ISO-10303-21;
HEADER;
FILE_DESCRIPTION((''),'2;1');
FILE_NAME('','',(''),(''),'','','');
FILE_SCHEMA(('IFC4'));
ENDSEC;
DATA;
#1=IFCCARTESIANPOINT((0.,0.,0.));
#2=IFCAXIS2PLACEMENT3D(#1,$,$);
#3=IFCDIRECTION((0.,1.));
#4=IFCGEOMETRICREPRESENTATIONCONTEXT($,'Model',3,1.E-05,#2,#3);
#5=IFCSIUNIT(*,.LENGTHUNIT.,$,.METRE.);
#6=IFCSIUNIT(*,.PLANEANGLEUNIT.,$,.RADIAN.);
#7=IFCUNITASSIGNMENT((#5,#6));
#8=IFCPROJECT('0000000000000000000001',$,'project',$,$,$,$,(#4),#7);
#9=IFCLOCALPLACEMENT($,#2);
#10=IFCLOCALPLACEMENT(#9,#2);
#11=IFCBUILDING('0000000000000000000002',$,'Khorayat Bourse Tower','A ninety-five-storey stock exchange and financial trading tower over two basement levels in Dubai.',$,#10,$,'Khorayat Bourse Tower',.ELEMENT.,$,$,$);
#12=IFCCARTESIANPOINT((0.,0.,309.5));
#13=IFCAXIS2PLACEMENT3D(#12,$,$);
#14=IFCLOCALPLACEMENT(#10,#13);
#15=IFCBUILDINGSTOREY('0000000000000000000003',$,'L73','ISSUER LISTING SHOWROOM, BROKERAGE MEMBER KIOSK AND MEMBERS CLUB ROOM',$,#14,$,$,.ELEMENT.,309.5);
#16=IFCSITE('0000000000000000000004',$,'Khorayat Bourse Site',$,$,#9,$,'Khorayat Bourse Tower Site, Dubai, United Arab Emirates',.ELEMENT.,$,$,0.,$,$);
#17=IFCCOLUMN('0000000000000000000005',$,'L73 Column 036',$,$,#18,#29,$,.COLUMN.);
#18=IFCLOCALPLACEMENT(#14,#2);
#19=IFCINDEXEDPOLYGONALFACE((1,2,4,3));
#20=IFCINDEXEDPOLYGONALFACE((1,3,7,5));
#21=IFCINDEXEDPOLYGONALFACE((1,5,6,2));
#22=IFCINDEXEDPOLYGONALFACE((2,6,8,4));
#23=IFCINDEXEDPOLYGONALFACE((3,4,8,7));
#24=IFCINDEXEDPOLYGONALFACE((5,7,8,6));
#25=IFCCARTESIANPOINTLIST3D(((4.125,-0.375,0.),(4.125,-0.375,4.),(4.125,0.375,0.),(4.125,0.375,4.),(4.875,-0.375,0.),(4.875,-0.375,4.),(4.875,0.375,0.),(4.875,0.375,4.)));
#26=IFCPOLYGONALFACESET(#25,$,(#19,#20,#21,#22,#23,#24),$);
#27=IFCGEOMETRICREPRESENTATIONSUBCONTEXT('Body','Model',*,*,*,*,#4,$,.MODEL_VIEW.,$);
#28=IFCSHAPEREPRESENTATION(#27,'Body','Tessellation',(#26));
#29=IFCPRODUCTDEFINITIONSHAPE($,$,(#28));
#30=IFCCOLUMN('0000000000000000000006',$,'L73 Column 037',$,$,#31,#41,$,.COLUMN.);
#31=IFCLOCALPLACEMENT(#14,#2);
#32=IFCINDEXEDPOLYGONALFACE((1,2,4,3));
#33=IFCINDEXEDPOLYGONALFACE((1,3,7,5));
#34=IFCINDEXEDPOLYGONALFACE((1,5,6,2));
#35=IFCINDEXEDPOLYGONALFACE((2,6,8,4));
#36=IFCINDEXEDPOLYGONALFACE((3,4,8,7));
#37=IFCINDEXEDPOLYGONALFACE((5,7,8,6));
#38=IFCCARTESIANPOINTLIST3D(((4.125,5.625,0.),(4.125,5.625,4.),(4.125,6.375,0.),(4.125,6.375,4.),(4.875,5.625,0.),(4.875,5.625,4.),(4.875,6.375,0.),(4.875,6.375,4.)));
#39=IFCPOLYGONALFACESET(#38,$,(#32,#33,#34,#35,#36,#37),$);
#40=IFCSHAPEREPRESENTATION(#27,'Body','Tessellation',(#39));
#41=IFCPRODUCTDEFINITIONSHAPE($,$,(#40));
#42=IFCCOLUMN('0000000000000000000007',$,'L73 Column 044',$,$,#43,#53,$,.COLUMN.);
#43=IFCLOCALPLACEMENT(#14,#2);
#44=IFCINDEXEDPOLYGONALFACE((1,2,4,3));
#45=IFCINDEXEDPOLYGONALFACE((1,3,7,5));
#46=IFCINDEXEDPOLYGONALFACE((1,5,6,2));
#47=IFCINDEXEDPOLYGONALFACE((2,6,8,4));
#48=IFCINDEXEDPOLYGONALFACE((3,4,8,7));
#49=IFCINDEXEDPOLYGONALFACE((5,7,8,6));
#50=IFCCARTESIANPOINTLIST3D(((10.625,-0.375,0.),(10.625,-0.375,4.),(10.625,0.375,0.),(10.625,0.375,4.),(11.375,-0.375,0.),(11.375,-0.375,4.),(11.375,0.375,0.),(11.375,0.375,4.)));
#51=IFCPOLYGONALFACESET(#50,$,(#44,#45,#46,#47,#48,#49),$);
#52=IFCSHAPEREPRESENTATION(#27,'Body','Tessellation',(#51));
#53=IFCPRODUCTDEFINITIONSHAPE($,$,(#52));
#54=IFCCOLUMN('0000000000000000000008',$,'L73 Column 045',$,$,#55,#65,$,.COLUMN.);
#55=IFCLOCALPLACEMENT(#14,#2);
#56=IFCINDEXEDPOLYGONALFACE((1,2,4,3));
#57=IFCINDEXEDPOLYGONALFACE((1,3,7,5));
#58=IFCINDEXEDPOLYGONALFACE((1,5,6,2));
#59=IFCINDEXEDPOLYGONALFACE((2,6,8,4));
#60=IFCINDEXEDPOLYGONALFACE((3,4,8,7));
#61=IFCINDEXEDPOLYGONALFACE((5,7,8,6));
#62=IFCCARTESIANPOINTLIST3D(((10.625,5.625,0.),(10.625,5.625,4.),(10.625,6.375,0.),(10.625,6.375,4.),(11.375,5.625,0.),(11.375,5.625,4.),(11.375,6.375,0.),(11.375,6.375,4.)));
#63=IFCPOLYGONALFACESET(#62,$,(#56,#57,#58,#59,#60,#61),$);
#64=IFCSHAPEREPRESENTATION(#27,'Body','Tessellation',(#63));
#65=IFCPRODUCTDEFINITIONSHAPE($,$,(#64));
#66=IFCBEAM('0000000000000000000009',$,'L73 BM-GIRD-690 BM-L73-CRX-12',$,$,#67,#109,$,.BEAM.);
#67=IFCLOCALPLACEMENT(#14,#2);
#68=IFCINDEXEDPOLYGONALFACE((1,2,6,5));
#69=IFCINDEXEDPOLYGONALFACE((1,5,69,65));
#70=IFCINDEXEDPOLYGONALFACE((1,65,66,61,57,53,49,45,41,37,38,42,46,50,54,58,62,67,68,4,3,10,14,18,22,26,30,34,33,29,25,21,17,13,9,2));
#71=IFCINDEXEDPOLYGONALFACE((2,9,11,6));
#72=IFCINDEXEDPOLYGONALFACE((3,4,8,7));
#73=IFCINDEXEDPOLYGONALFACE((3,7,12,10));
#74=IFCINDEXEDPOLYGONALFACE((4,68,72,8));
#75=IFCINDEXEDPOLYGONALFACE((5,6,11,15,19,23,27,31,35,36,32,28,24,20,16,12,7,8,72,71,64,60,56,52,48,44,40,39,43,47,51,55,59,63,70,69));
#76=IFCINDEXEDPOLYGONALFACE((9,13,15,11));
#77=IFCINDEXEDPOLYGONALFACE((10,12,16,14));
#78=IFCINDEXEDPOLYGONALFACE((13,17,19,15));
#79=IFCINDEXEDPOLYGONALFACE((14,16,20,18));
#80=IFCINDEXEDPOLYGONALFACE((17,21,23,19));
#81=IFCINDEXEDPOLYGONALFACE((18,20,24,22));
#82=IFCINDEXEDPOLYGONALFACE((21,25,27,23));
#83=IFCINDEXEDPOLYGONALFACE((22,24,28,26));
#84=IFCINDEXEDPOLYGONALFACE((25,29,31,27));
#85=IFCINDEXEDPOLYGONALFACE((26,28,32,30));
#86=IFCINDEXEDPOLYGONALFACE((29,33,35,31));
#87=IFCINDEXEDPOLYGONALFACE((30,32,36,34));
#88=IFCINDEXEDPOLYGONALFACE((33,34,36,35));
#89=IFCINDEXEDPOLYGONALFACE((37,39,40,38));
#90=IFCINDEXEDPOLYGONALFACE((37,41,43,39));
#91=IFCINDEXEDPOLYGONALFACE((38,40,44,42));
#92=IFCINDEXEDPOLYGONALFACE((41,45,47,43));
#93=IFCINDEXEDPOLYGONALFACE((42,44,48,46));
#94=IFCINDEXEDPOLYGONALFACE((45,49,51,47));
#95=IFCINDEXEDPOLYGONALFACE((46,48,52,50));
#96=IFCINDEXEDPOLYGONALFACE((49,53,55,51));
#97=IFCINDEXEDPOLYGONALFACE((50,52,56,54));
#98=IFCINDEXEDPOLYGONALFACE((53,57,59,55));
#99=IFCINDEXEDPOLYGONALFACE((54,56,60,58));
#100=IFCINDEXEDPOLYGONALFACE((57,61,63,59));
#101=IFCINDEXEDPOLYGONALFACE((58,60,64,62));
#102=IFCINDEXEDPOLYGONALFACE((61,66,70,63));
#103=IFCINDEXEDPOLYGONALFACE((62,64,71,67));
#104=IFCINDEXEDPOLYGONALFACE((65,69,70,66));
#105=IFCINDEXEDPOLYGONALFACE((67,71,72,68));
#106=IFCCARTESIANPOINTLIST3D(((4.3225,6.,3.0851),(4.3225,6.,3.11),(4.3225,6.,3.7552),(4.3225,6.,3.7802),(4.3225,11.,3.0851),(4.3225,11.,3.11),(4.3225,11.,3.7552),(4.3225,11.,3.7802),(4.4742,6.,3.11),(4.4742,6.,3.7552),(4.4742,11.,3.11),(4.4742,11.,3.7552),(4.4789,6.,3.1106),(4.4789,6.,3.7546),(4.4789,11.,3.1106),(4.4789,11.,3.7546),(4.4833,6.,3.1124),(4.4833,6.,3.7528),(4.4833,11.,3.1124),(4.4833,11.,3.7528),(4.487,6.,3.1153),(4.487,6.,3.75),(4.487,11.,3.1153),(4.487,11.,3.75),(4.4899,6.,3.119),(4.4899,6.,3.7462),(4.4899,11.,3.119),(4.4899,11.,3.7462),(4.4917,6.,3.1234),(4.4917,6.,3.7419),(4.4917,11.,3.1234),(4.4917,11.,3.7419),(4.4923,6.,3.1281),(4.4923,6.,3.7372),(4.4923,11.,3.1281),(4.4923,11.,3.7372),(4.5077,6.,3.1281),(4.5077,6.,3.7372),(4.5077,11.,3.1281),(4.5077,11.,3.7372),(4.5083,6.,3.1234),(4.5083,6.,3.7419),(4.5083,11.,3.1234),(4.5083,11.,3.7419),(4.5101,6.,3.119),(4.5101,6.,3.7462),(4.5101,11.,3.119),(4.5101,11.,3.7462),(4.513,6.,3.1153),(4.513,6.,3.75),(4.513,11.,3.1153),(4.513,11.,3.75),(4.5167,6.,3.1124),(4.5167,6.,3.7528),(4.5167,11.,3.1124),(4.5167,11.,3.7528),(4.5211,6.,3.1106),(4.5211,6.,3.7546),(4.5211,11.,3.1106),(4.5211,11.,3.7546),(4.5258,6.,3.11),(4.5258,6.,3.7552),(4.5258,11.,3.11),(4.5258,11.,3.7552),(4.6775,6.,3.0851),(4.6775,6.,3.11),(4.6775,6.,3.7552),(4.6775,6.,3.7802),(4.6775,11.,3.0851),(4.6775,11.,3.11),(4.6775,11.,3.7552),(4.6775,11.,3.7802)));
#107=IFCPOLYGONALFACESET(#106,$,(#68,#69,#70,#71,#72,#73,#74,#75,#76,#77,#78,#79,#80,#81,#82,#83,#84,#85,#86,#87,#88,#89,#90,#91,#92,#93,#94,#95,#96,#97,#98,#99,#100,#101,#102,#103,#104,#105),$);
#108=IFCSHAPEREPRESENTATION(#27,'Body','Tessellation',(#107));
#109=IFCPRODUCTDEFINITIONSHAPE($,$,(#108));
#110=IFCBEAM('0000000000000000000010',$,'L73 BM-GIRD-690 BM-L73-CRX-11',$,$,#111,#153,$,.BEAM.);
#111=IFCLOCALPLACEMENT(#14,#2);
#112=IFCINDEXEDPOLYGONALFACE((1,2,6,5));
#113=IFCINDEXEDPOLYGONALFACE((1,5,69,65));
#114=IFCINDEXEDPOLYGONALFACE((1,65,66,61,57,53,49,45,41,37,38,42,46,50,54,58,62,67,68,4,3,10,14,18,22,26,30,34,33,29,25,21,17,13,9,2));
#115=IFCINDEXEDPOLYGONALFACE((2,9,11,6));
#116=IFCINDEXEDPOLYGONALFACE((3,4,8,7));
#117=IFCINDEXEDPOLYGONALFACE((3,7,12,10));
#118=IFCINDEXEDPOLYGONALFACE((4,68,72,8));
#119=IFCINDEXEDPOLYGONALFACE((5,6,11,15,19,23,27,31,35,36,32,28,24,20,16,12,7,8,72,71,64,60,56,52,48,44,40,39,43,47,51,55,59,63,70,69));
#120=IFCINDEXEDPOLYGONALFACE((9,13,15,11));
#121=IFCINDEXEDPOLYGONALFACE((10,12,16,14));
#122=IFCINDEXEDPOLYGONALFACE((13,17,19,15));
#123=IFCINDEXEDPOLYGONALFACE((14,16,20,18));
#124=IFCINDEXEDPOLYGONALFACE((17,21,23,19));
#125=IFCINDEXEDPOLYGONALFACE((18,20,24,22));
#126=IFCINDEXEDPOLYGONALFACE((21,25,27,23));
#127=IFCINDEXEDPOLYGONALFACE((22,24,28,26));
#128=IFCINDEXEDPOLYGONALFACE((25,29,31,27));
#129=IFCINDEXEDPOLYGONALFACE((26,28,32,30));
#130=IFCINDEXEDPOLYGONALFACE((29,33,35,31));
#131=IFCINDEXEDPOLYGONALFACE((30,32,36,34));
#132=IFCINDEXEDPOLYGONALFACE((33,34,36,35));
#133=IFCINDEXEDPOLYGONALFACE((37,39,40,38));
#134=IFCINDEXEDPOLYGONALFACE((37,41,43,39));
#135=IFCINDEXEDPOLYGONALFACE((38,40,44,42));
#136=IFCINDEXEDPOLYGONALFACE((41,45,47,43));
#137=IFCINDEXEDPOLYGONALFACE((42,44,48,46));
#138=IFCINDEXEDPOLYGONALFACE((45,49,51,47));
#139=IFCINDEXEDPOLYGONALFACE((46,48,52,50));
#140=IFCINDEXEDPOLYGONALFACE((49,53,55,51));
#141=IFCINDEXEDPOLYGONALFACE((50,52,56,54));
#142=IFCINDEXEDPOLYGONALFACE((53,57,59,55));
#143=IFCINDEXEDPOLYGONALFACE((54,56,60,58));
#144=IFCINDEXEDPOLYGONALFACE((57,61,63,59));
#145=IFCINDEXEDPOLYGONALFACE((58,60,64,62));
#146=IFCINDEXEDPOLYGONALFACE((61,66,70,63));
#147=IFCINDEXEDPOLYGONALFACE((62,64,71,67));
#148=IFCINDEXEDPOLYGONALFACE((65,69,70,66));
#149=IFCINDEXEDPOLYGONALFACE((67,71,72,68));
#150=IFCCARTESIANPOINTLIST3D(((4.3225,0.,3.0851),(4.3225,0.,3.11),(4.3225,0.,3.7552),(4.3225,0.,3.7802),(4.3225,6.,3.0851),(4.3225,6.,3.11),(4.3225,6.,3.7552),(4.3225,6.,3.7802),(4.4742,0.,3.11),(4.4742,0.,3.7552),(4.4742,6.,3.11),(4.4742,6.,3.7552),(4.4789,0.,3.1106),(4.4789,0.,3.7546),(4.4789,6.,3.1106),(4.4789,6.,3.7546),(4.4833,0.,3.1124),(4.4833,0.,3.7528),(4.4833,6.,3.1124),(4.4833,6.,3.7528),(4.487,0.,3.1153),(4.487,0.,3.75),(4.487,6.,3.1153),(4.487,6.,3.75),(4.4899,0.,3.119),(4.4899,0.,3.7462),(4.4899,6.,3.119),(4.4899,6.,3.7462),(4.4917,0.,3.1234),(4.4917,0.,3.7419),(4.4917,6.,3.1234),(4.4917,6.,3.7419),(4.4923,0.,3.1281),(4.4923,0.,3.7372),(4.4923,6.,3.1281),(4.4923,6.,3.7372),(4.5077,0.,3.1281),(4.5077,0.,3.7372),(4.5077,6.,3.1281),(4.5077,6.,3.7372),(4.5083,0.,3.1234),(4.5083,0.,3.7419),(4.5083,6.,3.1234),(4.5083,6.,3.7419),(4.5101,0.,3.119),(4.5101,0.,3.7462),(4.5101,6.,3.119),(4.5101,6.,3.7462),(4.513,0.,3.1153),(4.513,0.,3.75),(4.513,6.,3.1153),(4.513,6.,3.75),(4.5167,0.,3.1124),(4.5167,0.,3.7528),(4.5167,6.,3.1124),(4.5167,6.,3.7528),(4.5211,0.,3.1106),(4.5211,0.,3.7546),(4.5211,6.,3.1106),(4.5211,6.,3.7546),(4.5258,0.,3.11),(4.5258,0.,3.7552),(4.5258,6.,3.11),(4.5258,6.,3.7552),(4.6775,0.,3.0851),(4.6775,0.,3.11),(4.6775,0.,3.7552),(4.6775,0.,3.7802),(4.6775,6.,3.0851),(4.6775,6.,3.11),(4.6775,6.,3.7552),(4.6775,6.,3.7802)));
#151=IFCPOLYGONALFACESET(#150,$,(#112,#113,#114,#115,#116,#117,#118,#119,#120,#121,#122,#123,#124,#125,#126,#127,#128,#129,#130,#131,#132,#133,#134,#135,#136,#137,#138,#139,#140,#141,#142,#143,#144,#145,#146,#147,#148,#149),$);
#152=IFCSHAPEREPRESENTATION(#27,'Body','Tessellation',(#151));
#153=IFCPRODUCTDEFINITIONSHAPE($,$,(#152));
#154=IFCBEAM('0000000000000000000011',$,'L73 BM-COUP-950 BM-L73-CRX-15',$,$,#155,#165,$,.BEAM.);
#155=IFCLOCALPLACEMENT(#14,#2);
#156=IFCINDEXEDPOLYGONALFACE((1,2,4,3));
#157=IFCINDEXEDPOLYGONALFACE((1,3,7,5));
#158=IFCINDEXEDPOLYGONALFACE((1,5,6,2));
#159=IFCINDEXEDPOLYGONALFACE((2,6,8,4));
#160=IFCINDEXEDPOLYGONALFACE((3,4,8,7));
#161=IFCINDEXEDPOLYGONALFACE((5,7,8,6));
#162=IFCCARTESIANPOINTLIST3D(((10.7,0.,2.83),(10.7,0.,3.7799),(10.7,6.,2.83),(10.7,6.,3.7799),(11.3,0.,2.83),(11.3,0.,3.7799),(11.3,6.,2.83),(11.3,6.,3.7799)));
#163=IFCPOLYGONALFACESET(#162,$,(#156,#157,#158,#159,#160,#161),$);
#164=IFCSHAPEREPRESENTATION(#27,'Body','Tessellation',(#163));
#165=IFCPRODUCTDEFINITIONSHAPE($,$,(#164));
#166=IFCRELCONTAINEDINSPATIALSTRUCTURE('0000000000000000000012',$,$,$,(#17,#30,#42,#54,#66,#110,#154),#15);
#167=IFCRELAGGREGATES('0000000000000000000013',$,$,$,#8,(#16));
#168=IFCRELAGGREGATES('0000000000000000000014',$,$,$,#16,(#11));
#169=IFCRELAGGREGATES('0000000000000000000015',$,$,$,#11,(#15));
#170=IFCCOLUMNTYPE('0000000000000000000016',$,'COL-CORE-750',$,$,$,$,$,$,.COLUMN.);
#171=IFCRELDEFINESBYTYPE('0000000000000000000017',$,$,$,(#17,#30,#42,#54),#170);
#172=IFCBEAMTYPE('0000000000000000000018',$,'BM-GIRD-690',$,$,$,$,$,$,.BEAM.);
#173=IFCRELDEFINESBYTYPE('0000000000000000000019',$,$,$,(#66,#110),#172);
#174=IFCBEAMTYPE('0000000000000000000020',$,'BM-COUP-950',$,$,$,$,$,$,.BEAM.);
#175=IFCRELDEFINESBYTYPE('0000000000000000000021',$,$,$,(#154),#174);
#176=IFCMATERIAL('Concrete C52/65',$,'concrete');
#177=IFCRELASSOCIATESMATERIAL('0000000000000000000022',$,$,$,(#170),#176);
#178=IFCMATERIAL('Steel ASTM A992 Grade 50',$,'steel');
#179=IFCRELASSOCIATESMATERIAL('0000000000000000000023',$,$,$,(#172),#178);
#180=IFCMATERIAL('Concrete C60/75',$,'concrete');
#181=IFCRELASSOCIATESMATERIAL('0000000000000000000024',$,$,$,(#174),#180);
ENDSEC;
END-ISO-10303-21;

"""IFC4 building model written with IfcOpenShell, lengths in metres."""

from ifc_helpers import new_model, si_unit, direction, frame, origin, origin_2d, place, context, subcontext, project, spatial, rectangle, i_section, extrude, source, transform, mapped, material, material_profile, profile_set, type_object, element, save


model = new_model("IFC4")

# Units and contexts
model_context = context("Model", 3, precision=1e-05, world=origin(), true_north=direction((0.0, 1.0)))
body_context = subcontext(model_context, "Body", "Model", "MODEL_VIEW")
ifc_project = project(units=[si_unit("LENGTHUNIT", "METRE"), si_unit("PLANEANGLEUNIT", "RADIAN")], contexts=[model_context])

# Site, building, storey
site_placement = place(None, origin())
site = spatial("IfcSite", under=ifc_project, at=site_placement, Name="Khorayat Bourse Site", LongName="Khorayat Bourse Tower Site, Dubai, United Arab Emirates", CompositionType="ELEMENT", RefElevation=0.0)
building_placement = place(site_placement, origin())
building = spatial("IfcBuilding", under=site, at=building_placement, Name="Khorayat Bourse Tower", Description="A ninety-five-storey stock exchange and financial trading tower over two basement levels in Dubai.", LongName="Khorayat Bourse Tower", CompositionType="ELEMENT")
storey_placement = place(building_placement, frame((0.0, 0.0, 309.5)))
storey = spatial("IfcBuildingStorey", under=building, at=storey_placement, Name="L73", Description="ISSUER LISTING SHOWROOM, BROKERAGE MEMBER KIOSK AND MEMBERS CLUB ROOM", CompositionType="ELEMENT", Elevation=309.5)

# Columns
ifc_material_1 = material(Name="Concrete C52/65", Category="concrete")
ifc_material_profile_1 = material_profile(ifc_material_1, rectangle(XDim=0.75, YDim=0.75, at=origin_2d()), Name="RC 750x750")
ifc_profile_set_1 = profile_set([ifc_material_profile_1], Name="Concrete C52/65")
column_type = type_object("IfcColumnType", Name="COL-CORE-750", PredefinedType="COLUMN", material=ifc_profile_set_1)
shared_shape_1 = source(origin(), body_context, "Body", "SweptSolid", [
    extrude(rectangle(XDim=0.75, YDim=0.75, at=origin_2d()), origin(), (0.0, 0.0, 1.0), 4.0),
])
for number, where, z_axis, x_axis, name in (
    (1, (4.5, 0.0, 0.0), (0.0, 0.0, 1.0), (1.0, 0.0, 0.0), "L73 Column 036"),
    (2, (4.5, 6.0, 0.0), (0.0, 0.0, 1.0), (1.0, 0.0, 0.0), "L73 Column 037"),
    (3, (11.0, 0.0, 0.0), (0.0, 0.0, 1.0), (1.0, 0.0, 0.0), "L73 Column 044"),
    (4, (11.0, 6.0, 0.0), (0.0, 0.0, 1.0), (1.0, 0.0, 0.0), "L73 Column 045"),
):
    element("IfcColumn", number, at=place(storey_placement, frame(where, z_axis=z_axis, x_axis=x_axis)), inside=storey, type_object=column_type, Name=name, PredefinedType="COLUMN", context=body_context, shape_type="MappedRepresentation", body=[
        mapped(shared_shape_1, transform((0.0, 0.0, 0.0), scale=1.0)),
    ])

# Beams
ifc_material_2 = material(Name="Steel ASTM A992 Grade 50", Category="steel")
ifc_material_profile_2 = material_profile(ifc_material_2, i_section(OverallWidth=0.355, OverallDepth=0.6951, WebThickness=0.0154, FlangeThickness=0.0249, FilletRadius=0.0181, at=origin_2d()), Name="W690X217")
ifc_profile_set_2 = profile_set([ifc_material_profile_2], Name="Steel ASTM A992 Grade 50")
beam_type_1 = type_object("IfcBeamType", Name="BM-GIRD-690", PredefinedType="BEAM", material=ifc_profile_set_2)
shared_shape_2 = source(origin(), body_context, "Body", "SweptSolid", [
    extrude(i_section(OverallWidth=0.355, OverallDepth=0.6951, WebThickness=0.0154, FlangeThickness=0.0249, FilletRadius=0.0181, at=origin_2d()), origin(), (0.0, 0.0, 1.0), 5.0),
])
beam_1_placement = place(storey_placement, frame((4.5, 6.0, 3.4326), z_axis=(0.0, 1.0, 0.0), x_axis=(-1.0, 0.0, 0.0)))
element("IfcBeam", 5, at=beam_1_placement, inside=storey, type_object=beam_type_1, Name="L73 BM-GIRD-690 BM-L73-CRX-12", PredefinedType="BEAM", context=body_context, shape_type="MappedRepresentation", body=[
    mapped(shared_shape_2, transform((0.0, 0.0, 0.0), scale=1.0)),
])
shared_shape_3 = source(origin(), body_context, "Body", "SweptSolid", [
    extrude(i_section(OverallWidth=0.355, OverallDepth=0.6951, WebThickness=0.0154, FlangeThickness=0.0249, FilletRadius=0.0181, at=origin_2d()), origin(), (0.0, 0.0, 1.0), 6.0),
])
beam_2_placement = place(storey_placement, frame((4.5, 0.0, 3.4326), z_axis=(0.0, 1.0, 0.0), x_axis=(-1.0, 0.0, 0.0)))
element("IfcBeam", 6, at=beam_2_placement, inside=storey, type_object=beam_type_1, Name="L73 BM-GIRD-690 BM-L73-CRX-11", PredefinedType="BEAM", context=body_context, shape_type="MappedRepresentation", body=[
    mapped(shared_shape_3, transform((0.0, 0.0, 0.0), scale=1.0)),
])
ifc_material_3 = material(Name="Concrete C60/75", Category="concrete")
ifc_material_profile_3 = material_profile(ifc_material_3, rectangle(XDim=0.6001, YDim=0.95, at=origin_2d()), Name="RC 600x950")
ifc_profile_set_3 = profile_set([ifc_material_profile_3], Name="Concrete C60/75")
beam_type_2 = type_object("IfcBeamType", Name="BM-COUP-950", PredefinedType="BEAM", material=ifc_profile_set_3)
shared_shape_4 = source(origin(), body_context, "Body", "SweptSolid", [
    extrude(rectangle(XDim=0.6001, YDim=0.95, at=origin_2d()), origin(), (0.0, 0.0, 1.0), 6.0),
])
beam_3_placement = place(storey_placement, frame((11.0, 0.0, 3.3049), z_axis=(0.0, 1.0, 0.0), x_axis=(-1.0, 0.0, 0.0)))
element("IfcBeam", 7, at=beam_3_placement, inside=storey, type_object=beam_type_2, Name="L73 BM-COUP-950 BM-L73-CRX-15", PredefinedType="BEAM", context=body_context, shape_type="MappedRepresentation", body=[
    mapped(shared_shape_4, transform((0.0, 0.0, 0.0), scale=1.0)),
])

save(model, "model.ifc")
